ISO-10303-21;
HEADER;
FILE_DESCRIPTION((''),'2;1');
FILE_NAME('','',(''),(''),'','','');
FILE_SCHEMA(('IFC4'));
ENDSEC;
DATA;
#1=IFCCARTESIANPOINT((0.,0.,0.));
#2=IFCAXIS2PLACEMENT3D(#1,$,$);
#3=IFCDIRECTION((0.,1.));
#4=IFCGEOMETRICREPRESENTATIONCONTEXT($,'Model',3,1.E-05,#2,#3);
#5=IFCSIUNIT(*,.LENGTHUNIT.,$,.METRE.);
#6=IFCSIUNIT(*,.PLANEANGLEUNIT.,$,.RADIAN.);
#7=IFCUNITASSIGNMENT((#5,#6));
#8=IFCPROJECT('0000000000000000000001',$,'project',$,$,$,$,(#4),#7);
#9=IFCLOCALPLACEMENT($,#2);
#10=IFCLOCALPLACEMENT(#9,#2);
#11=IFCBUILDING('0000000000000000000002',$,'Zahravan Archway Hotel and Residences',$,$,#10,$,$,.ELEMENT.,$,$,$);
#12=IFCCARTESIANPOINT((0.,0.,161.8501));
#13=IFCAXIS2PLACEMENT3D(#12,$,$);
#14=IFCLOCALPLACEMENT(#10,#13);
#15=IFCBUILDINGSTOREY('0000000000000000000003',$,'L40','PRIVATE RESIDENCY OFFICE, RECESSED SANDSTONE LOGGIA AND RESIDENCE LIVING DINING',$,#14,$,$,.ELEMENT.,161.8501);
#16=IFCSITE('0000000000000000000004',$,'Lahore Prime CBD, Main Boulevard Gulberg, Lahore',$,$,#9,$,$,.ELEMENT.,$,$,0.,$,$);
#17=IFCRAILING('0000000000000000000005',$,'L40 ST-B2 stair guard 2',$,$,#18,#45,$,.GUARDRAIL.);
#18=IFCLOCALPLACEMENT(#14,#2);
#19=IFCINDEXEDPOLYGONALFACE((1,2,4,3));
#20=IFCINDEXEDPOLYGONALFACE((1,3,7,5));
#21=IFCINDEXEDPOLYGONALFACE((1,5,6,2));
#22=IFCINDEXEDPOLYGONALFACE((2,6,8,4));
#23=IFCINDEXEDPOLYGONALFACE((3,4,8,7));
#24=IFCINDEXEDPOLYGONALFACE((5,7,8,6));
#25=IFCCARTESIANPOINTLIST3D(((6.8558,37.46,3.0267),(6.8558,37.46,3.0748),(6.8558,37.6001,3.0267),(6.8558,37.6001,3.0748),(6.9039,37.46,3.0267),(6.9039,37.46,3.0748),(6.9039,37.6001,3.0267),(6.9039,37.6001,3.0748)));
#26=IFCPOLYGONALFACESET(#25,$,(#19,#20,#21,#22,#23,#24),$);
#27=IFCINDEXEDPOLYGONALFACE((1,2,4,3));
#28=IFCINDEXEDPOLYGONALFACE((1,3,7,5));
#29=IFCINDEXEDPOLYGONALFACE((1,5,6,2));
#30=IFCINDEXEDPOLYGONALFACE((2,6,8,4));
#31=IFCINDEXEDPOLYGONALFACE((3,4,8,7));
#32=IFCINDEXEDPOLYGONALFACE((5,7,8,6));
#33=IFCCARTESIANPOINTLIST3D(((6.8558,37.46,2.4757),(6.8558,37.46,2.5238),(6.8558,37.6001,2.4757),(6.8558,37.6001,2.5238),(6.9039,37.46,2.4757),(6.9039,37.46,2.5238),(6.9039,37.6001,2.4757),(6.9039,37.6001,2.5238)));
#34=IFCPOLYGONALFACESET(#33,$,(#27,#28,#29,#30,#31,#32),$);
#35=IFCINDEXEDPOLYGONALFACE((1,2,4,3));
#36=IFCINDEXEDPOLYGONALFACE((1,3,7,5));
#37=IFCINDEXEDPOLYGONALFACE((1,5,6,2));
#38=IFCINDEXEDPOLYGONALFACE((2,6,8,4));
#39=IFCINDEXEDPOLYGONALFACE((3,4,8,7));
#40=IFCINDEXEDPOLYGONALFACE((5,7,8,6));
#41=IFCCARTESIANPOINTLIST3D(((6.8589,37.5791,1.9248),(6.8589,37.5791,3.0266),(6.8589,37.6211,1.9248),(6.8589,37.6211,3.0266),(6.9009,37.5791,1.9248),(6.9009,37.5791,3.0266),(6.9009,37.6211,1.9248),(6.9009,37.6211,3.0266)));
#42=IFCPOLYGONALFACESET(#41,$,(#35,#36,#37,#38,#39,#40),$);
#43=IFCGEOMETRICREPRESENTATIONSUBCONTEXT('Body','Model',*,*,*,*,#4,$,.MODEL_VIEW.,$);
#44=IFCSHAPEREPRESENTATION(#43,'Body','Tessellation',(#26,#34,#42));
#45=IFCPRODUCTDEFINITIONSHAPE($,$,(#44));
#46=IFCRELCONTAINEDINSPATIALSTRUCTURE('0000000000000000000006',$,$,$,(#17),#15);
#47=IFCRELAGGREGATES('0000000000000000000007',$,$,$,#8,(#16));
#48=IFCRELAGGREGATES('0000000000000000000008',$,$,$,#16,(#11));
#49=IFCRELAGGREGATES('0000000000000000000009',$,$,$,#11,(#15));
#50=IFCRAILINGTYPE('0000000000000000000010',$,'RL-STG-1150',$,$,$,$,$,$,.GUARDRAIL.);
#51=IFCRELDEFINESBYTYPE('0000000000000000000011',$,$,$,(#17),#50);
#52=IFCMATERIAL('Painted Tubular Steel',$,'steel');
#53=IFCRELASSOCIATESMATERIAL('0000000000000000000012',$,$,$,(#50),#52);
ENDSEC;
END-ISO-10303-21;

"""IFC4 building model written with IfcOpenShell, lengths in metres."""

from ifc_helpers import new_model, si_unit, direction, frame, origin, origin_2d, place, context, subcontext, project, spatial, rectangle, extrude, material, type_object, element, save


model = new_model("IFC4")

# Units and contexts
model_context = context("Model", 3, precision=1e-05, world=origin(), true_north=direction((0.0, 1.0)))
body_context = subcontext(model_context, "Body", "Model", "MODEL_VIEW")
ifc_project = project(units=[si_unit("LENGTHUNIT", "METRE"), si_unit("PLANEANGLEUNIT", "RADIAN")], contexts=[model_context])

# Site, building, storey
site_placement = place(None, origin())
site = spatial("IfcSite", under=ifc_project, at=site_placement, Name="Lahore Prime CBD, Main Boulevard Gulberg, Lahore", CompositionType="ELEMENT", RefElevation=0.0)
building_placement = place(site_placement, origin())
building = spatial("IfcBuilding", under=site, at=building_placement, Name="Zahravan Archway Hotel and Residences", CompositionType="ELEMENT")
storey_placement = place(building_placement, frame((0.0, 0.0, 161.8501)))
storey = spatial("IfcBuildingStorey", under=building, at=storey_placement, Name="L40", Description="PRIVATE RESIDENCY OFFICE, RECESSED SANDSTONE LOGGIA AND RESIDENCE LIVING DINING", CompositionType="ELEMENT", Elevation=161.8501)

# Railing
ifc_material_1 = material(Name="Painted Tubular Steel", Category="steel")
railing_type_1 = type_object("IfcRailingType", Name="RL-STG-1150", PredefinedType="GUARDRAIL", material=ifc_material_1)
railing_1_placement = place(storey_placement, frame((6.8799, 37.6001, 1.9248)))
element("IfcRailing", 1, at=railing_1_placement, inside=storey, type_object=railing_type_1, Name="L40 ST-B2 stair guard 2", PredefinedType="GUARDRAIL", context=body_context, shape_type="SweptSolid", body=[
    extrude(rectangle(XDim=0.0481, YDim=0.0481, at=origin_2d()), frame((0.0, 0.0, 1.126), z_axis=(0.0, -1.0, 0.0), x_axis=(1.0, 0.0, 0.0)), (0.0, 0.0, 1.0), 0.1401),
    extrude(rectangle(XDim=0.0481, YDim=0.0481, at=origin_2d()), frame((0.0, 0.0, 0.575), z_axis=(0.0, -1.0, 0.0), x_axis=(1.0, 0.0, 0.0)), (0.0, 0.0, 1.0), 0.1401),
    extrude(rectangle(XDim=0.042, YDim=0.042, at=origin_2d()), origin(), (0.0, 0.0, 1.0), 1.1018),
])

save(model, "model.ifc")
